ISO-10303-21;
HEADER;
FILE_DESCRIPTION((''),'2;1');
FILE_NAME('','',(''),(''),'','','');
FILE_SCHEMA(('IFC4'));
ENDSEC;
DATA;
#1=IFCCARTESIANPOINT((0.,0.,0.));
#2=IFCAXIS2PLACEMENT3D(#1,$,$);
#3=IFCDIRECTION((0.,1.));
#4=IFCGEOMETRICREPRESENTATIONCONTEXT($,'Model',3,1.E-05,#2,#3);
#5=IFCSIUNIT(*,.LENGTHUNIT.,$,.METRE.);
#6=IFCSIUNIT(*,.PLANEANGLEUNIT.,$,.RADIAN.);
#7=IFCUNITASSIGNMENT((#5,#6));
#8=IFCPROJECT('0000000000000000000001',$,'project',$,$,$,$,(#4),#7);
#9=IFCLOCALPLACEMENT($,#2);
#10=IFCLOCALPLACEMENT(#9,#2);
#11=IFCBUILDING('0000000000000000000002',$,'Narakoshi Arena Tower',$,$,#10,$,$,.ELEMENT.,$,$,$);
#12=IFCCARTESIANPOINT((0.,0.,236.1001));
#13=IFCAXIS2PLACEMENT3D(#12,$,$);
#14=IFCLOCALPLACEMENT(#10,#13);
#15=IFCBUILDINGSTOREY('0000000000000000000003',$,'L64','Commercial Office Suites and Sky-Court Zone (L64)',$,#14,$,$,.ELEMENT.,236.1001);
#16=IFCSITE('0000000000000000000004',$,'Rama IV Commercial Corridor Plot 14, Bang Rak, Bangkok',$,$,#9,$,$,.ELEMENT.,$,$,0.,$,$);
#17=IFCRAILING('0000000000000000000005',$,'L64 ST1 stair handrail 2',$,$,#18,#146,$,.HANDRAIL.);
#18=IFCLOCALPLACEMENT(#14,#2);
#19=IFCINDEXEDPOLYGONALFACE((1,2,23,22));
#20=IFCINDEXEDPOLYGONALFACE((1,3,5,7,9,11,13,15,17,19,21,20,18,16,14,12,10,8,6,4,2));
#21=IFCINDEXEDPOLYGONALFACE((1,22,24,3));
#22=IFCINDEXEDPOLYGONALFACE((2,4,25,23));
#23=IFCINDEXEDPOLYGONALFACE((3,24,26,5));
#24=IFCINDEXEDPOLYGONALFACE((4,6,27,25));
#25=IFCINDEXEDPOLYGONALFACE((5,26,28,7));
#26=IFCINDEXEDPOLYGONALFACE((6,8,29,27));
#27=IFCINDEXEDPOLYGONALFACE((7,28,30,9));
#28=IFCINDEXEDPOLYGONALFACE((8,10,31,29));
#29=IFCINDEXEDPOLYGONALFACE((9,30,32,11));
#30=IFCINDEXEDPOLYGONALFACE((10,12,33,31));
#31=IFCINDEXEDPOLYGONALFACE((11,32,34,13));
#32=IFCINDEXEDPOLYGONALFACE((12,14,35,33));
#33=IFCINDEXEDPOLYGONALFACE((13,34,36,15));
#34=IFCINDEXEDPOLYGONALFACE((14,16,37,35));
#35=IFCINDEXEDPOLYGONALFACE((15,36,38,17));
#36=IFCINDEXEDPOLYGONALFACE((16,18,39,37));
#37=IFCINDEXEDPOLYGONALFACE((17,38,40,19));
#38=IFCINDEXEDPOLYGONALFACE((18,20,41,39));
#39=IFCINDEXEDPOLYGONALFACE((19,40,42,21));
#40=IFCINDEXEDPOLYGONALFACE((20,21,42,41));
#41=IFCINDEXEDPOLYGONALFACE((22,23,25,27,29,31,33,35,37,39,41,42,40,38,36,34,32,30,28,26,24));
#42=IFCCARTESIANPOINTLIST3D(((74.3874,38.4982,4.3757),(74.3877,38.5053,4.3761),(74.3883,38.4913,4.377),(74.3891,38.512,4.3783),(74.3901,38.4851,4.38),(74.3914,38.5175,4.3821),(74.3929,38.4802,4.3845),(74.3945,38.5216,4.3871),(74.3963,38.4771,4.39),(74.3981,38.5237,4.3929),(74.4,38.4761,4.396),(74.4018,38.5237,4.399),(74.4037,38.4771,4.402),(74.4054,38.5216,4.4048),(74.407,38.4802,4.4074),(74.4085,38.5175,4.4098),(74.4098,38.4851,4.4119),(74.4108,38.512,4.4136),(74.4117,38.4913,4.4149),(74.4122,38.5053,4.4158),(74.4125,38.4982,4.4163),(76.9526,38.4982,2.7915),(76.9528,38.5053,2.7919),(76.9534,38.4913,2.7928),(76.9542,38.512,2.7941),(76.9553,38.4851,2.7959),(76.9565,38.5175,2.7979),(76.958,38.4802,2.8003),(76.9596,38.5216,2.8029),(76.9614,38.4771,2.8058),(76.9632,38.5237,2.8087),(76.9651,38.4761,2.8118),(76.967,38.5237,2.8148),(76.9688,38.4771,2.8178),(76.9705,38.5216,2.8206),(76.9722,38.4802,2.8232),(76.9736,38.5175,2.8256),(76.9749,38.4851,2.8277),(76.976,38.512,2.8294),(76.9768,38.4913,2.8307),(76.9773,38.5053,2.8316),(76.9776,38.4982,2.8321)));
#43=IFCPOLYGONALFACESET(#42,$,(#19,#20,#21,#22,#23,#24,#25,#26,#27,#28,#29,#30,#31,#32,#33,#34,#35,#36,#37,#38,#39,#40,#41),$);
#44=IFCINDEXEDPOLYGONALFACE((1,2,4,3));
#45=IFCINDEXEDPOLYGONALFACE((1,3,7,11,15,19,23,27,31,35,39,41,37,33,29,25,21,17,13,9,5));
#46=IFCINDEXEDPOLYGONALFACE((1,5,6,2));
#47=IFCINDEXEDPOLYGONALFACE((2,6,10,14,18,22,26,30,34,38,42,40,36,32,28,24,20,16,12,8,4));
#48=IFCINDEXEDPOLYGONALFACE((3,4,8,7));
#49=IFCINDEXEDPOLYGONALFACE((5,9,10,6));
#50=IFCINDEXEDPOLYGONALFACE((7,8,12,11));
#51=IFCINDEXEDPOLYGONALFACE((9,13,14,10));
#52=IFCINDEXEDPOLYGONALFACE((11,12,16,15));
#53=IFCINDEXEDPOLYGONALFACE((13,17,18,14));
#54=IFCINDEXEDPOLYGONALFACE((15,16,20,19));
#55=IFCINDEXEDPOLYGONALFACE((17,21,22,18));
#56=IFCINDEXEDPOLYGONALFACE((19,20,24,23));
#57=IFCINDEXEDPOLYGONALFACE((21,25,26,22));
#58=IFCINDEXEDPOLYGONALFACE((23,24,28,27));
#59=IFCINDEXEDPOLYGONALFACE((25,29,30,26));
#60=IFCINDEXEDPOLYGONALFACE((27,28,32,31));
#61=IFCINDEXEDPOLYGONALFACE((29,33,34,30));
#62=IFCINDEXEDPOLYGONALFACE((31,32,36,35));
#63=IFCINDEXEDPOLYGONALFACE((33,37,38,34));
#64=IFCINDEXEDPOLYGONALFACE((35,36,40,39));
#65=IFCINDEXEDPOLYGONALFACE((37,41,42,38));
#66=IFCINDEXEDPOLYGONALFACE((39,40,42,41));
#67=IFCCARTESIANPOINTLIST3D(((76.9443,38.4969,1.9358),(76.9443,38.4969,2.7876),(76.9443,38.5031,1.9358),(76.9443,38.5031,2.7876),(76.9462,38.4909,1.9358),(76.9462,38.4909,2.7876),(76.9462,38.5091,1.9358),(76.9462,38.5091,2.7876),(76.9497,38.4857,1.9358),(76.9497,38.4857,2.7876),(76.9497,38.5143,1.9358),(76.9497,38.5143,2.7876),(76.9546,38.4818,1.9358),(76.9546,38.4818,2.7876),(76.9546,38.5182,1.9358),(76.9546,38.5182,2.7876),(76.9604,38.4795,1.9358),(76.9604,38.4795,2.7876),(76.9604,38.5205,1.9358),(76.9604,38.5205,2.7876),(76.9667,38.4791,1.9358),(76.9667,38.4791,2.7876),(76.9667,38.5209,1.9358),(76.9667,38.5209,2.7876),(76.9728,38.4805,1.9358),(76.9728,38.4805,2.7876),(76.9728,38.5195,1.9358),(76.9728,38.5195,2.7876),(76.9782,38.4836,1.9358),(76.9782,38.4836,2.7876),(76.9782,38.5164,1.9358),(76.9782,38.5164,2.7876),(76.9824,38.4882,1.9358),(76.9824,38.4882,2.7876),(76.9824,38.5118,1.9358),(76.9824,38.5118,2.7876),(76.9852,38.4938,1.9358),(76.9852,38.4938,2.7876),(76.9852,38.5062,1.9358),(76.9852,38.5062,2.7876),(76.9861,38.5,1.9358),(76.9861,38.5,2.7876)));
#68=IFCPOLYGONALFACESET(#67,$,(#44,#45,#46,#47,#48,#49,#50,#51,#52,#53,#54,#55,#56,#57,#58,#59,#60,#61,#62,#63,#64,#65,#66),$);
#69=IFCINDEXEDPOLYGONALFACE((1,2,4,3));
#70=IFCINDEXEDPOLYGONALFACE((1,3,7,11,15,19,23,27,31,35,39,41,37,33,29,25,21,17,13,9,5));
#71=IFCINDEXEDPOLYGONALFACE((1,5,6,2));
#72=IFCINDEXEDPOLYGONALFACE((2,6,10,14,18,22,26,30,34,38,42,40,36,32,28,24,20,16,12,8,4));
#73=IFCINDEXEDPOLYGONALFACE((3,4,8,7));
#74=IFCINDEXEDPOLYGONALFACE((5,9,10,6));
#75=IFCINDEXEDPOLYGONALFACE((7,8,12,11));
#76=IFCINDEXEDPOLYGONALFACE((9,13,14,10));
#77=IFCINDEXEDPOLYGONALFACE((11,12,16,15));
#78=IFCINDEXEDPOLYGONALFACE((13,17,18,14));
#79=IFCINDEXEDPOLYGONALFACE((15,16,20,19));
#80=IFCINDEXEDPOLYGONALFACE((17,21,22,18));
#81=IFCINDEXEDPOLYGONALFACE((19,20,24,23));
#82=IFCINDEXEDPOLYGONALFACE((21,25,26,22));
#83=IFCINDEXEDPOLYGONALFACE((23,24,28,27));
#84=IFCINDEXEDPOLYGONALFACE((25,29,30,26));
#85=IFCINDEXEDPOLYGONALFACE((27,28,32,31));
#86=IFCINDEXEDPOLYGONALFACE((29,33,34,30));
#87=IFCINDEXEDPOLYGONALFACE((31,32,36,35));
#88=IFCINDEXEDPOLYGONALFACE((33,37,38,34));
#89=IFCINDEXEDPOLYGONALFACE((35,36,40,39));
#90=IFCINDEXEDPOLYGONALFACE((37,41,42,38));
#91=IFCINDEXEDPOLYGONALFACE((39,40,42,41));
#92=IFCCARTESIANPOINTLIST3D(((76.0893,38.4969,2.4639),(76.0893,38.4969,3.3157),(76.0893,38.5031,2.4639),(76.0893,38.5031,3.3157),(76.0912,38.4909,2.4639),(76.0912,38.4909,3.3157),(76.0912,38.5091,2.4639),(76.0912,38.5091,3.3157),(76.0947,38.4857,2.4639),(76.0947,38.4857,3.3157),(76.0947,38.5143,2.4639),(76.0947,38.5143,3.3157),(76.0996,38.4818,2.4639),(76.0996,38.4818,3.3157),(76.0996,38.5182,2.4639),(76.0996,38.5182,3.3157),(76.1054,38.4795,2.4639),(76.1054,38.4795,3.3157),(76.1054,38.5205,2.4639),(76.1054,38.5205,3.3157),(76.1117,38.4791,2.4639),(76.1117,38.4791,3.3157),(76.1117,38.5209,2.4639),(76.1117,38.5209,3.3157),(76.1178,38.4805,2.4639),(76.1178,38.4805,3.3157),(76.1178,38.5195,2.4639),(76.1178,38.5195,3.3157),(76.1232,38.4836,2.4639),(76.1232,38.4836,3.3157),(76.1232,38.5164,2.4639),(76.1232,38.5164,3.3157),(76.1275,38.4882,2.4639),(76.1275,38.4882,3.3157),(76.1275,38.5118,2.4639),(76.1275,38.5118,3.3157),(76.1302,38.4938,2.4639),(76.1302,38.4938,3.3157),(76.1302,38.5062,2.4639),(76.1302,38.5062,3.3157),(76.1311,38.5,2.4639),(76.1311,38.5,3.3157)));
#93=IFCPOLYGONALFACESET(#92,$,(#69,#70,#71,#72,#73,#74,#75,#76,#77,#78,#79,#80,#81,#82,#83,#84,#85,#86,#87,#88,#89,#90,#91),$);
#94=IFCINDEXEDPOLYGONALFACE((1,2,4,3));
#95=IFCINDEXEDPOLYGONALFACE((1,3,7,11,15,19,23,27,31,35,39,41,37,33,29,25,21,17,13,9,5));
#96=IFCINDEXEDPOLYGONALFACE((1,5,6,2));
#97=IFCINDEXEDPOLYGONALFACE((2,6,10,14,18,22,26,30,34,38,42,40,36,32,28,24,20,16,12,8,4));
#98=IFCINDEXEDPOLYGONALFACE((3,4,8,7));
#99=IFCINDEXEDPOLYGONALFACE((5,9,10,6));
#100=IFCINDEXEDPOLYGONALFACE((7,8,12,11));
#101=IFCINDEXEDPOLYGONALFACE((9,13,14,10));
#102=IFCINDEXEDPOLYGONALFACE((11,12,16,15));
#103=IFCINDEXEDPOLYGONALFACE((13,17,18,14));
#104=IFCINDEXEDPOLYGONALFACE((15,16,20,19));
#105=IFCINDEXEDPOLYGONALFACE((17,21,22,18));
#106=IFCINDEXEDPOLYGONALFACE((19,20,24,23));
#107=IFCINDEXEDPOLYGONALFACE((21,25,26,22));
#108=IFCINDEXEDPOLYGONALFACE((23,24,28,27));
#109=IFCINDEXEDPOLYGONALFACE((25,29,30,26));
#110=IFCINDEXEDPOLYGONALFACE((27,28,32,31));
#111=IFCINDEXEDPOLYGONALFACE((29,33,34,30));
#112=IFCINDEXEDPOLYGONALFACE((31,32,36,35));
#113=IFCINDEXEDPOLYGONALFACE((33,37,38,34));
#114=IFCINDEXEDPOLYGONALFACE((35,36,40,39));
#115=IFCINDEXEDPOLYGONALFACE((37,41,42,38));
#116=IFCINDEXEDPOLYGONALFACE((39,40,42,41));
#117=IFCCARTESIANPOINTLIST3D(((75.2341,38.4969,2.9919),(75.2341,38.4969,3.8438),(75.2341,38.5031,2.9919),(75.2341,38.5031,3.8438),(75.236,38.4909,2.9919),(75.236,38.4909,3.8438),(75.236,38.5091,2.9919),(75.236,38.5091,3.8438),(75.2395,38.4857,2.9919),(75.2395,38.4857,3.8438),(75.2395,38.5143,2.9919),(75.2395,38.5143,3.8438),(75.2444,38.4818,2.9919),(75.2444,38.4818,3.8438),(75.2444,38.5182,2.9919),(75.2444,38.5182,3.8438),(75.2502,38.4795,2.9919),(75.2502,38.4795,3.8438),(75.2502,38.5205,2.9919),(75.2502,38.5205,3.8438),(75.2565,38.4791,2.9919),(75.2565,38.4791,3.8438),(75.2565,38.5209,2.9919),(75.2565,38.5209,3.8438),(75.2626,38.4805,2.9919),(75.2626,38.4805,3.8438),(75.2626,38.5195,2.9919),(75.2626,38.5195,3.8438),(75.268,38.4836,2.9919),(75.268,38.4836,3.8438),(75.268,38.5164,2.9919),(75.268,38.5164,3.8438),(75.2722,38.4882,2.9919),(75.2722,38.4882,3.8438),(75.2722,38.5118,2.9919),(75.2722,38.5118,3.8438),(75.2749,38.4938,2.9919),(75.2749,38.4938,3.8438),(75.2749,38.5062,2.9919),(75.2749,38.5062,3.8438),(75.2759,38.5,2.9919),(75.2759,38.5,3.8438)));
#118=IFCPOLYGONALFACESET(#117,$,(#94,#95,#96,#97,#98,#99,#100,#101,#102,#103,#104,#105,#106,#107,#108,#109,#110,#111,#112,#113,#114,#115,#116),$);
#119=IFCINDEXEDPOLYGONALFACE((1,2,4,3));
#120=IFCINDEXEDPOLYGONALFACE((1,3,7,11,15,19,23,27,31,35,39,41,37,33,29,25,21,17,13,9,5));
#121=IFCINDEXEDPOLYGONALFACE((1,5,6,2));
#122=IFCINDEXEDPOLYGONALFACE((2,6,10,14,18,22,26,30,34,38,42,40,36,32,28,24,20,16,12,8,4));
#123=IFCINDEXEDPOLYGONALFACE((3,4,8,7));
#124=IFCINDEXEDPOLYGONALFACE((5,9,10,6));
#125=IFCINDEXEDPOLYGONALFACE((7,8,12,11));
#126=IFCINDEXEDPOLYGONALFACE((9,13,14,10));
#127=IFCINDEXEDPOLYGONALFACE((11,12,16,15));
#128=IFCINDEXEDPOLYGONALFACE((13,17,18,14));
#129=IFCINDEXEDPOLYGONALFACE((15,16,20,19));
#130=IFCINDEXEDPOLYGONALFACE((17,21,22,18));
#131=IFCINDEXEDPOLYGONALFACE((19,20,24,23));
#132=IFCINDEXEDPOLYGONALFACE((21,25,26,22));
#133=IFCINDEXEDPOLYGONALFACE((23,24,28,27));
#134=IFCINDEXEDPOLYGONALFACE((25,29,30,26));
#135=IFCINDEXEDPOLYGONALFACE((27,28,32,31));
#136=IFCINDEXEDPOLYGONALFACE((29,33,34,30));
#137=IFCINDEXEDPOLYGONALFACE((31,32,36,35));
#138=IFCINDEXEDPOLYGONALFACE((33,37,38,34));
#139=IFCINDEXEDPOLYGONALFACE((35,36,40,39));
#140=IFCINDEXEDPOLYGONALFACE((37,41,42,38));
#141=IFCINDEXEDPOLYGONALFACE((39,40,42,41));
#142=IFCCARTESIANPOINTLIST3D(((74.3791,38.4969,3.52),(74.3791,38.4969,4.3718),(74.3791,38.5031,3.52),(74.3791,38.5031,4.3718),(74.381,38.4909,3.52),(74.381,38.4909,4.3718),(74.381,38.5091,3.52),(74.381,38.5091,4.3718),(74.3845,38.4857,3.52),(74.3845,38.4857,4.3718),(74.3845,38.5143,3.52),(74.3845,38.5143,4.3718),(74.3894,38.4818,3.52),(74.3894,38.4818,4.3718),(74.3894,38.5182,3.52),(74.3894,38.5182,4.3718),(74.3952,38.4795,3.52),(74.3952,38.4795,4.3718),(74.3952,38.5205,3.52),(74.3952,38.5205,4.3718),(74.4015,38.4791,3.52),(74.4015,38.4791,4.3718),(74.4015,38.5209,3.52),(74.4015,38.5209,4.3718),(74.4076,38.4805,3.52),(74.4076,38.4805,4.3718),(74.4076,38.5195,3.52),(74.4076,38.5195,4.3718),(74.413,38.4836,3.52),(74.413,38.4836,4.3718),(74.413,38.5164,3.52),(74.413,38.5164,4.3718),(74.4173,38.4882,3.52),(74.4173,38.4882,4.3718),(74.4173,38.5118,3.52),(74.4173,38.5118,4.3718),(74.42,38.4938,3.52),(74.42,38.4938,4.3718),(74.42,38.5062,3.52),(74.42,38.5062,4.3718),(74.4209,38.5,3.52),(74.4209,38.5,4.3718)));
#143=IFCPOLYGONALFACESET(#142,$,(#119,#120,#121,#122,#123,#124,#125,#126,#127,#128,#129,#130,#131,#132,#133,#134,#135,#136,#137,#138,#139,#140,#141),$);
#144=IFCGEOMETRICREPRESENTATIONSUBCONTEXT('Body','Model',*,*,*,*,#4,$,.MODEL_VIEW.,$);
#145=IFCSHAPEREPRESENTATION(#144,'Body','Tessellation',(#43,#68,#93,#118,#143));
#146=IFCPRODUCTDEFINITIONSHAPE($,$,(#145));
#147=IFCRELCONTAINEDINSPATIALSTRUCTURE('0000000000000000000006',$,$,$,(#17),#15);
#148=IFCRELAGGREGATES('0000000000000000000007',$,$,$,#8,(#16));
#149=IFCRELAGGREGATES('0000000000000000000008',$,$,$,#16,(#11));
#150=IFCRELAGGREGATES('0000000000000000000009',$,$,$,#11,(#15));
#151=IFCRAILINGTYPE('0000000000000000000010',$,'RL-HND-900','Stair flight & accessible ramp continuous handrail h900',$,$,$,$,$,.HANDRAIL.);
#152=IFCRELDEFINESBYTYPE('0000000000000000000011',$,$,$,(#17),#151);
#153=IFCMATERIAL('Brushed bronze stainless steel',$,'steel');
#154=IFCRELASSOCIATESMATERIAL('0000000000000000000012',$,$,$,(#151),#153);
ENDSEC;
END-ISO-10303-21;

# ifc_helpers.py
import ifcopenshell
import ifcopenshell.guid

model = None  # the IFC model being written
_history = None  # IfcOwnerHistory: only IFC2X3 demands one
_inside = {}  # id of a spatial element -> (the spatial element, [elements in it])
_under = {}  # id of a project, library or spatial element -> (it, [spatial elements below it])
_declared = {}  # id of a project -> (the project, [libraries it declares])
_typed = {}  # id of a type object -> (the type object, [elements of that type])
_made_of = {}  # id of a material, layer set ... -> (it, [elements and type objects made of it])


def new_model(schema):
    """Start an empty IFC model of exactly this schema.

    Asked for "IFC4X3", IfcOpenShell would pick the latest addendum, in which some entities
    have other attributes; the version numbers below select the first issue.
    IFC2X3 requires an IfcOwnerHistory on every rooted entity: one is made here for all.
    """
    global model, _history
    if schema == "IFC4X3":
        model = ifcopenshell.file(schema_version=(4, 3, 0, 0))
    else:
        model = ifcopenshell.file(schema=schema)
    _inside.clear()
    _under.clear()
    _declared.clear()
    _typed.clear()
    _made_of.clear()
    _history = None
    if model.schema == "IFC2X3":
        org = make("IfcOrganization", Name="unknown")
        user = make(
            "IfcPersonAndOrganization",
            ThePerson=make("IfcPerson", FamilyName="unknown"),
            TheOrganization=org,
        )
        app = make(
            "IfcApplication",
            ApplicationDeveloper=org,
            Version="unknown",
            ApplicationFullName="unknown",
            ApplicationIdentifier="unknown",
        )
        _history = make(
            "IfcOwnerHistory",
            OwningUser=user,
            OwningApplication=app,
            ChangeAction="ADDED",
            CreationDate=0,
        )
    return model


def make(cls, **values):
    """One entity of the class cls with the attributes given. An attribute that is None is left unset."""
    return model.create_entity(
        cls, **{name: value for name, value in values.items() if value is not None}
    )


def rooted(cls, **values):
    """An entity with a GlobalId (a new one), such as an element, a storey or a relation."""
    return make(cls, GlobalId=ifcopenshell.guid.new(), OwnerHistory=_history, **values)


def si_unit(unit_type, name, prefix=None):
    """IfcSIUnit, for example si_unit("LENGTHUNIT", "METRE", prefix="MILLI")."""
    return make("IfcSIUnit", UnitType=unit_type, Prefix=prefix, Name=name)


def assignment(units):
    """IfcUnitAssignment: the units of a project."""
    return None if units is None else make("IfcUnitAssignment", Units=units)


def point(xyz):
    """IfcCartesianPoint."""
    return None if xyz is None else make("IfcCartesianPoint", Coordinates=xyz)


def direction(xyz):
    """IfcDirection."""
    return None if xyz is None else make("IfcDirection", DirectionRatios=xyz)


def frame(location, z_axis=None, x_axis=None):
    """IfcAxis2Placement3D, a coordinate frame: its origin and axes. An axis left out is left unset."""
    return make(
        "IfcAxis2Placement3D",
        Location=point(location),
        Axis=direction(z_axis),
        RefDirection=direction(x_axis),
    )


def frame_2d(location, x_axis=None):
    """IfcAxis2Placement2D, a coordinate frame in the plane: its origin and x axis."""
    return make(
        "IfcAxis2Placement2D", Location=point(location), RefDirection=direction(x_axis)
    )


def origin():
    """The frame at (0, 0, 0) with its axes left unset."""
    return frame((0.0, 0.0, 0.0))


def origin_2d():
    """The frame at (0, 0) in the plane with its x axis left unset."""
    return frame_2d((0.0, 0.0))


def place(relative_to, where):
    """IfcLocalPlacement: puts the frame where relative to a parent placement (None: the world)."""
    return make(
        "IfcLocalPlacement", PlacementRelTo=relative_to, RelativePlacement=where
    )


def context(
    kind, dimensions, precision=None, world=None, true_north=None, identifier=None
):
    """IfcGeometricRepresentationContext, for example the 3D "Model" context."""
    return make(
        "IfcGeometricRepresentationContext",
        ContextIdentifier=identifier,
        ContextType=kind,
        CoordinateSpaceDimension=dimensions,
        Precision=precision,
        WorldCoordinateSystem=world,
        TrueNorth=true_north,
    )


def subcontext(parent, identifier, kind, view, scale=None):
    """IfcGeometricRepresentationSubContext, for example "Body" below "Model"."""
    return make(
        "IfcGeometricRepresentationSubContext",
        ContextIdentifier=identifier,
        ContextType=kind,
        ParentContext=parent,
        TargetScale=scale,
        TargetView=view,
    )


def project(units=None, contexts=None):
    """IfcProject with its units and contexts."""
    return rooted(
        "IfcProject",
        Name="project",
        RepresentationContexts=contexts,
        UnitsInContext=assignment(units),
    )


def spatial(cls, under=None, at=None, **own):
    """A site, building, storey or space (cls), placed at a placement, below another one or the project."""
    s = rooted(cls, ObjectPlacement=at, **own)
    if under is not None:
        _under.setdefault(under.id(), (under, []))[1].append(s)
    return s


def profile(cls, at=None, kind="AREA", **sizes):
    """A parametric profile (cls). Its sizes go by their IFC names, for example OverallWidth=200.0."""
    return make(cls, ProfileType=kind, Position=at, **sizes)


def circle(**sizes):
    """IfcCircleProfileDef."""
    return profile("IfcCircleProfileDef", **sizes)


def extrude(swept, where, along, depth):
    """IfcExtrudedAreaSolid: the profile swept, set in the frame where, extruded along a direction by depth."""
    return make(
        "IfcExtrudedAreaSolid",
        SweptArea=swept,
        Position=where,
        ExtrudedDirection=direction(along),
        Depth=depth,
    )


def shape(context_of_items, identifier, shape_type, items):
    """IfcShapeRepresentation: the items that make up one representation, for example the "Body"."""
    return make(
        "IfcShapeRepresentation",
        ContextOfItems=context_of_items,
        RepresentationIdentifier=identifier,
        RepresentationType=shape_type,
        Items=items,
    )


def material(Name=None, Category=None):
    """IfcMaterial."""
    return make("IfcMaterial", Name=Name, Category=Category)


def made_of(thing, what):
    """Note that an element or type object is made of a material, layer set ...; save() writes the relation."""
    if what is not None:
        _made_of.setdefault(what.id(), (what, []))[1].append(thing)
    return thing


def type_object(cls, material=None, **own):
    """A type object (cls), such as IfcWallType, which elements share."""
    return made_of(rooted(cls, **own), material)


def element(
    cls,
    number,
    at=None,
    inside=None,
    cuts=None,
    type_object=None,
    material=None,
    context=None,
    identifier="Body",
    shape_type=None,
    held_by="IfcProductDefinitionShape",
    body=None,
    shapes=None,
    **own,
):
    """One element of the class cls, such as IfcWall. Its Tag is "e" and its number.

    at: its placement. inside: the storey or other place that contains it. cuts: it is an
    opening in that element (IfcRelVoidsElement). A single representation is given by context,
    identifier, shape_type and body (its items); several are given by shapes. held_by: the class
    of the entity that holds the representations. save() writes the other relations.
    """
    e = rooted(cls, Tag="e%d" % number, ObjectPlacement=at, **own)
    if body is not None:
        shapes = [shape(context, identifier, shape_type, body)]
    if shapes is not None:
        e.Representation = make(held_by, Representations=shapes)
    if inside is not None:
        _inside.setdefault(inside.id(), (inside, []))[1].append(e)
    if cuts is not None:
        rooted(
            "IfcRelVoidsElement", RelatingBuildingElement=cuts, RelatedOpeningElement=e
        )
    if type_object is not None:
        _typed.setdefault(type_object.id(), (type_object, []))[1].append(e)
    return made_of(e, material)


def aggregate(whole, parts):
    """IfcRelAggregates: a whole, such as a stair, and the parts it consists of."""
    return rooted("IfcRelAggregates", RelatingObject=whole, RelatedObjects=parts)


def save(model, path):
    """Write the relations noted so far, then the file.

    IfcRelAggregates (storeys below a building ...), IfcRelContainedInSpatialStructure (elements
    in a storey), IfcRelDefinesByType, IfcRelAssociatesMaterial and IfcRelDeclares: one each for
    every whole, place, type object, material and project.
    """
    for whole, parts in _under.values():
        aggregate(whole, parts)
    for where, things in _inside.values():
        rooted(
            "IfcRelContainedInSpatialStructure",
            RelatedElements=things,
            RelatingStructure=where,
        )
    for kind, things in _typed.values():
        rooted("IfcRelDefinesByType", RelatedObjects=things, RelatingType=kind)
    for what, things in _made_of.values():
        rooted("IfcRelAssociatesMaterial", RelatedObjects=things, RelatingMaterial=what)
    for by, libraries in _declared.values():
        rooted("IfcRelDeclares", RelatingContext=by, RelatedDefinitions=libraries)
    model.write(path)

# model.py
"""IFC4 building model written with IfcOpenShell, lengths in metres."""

from ifc_helpers import new_model, si_unit, direction, frame, origin, origin_2d, place, context, subcontext, project, spatial, circle, extrude, material, type_object, element, save


model = new_model("IFC4")

# Units and contexts
model_context = context("Model", 3, precision=1e-05, world=origin(), true_north=direction((0.0, 1.0)))
body_context = subcontext(model_context, "Body", "Model", "MODEL_VIEW")
ifc_project = project(units=[si_unit("LENGTHUNIT", "METRE"), si_unit("PLANEANGLEUNIT", "RADIAN")], contexts=[model_context])

# Site, building, storey
site_placement = place(None, origin())
site = spatial("IfcSite", under=ifc_project, at=site_placement, Name="Rama IV Commercial Corridor Plot 14, Bang Rak, Bangkok", CompositionType="ELEMENT", RefElevation=0.0)
building_placement = place(site_placement, origin())
building = spatial("IfcBuilding", under=site, at=building_placement, Name="Narakoshi Arena Tower", CompositionType="ELEMENT")
storey_placement = place(building_placement, frame((0.0, 0.0, 236.1001)))
storey = spatial("IfcBuildingStorey", under=building, at=storey_placement, Name="L64", Description="Commercial Office Suites and Sky-Court Zone (L64)", CompositionType="ELEMENT", Elevation=236.1001)

# Railing
ifc_material_1 = material(Name="Brushed bronze stainless steel", Category="steel")
railing_type_1 = type_object("IfcRailingType", Name="RL-HND-900", Description="Stair flight & accessible ramp continuous handrail h900", PredefinedType="HANDRAIL", material=ifc_material_1)
railing_1_placement = place(storey_placement, frame((76.9651, 38.5, 1.9358)))
element("IfcRailing", 1, at=railing_1_placement, inside=storey, type_object=railing_type_1, Name="L64 ST1 stair handrail 2", PredefinedType="HANDRAIL", context=body_context, shape_type="SweptSolid", body=[
    extrude(circle(Radius=0.0239, at=origin_2d()), frame((0.0, 0.0, 0.876), z_axis=(-0.85082, 0.0, 0.525457), x_axis=(0.0, -1.0, 0.0)), (0.0, 0.0, 1.0), 3.0149),
    extrude(circle(Radius=0.021, at=origin_2d()), origin(), (0.0, 0.0, 1.0), 0.8518),
    extrude(circle(Radius=0.021, at=origin_2d()), frame((-0.855, 0.0, 0.5281)), (0.0, 0.0, 1.0), 0.8518),
    extrude(circle(Radius=0.021, at=origin_2d()), frame((-1.7102, 0.0, 1.0562)), (0.0, 0.0, 1.0), 0.8518),
    extrude(circle(Radius=0.021, at=origin_2d()), frame((-2.5652, 0.0, 1.5842)), (0.0, 0.0, 1.0), 0.8518),
])

save(model, "model.ifc")
